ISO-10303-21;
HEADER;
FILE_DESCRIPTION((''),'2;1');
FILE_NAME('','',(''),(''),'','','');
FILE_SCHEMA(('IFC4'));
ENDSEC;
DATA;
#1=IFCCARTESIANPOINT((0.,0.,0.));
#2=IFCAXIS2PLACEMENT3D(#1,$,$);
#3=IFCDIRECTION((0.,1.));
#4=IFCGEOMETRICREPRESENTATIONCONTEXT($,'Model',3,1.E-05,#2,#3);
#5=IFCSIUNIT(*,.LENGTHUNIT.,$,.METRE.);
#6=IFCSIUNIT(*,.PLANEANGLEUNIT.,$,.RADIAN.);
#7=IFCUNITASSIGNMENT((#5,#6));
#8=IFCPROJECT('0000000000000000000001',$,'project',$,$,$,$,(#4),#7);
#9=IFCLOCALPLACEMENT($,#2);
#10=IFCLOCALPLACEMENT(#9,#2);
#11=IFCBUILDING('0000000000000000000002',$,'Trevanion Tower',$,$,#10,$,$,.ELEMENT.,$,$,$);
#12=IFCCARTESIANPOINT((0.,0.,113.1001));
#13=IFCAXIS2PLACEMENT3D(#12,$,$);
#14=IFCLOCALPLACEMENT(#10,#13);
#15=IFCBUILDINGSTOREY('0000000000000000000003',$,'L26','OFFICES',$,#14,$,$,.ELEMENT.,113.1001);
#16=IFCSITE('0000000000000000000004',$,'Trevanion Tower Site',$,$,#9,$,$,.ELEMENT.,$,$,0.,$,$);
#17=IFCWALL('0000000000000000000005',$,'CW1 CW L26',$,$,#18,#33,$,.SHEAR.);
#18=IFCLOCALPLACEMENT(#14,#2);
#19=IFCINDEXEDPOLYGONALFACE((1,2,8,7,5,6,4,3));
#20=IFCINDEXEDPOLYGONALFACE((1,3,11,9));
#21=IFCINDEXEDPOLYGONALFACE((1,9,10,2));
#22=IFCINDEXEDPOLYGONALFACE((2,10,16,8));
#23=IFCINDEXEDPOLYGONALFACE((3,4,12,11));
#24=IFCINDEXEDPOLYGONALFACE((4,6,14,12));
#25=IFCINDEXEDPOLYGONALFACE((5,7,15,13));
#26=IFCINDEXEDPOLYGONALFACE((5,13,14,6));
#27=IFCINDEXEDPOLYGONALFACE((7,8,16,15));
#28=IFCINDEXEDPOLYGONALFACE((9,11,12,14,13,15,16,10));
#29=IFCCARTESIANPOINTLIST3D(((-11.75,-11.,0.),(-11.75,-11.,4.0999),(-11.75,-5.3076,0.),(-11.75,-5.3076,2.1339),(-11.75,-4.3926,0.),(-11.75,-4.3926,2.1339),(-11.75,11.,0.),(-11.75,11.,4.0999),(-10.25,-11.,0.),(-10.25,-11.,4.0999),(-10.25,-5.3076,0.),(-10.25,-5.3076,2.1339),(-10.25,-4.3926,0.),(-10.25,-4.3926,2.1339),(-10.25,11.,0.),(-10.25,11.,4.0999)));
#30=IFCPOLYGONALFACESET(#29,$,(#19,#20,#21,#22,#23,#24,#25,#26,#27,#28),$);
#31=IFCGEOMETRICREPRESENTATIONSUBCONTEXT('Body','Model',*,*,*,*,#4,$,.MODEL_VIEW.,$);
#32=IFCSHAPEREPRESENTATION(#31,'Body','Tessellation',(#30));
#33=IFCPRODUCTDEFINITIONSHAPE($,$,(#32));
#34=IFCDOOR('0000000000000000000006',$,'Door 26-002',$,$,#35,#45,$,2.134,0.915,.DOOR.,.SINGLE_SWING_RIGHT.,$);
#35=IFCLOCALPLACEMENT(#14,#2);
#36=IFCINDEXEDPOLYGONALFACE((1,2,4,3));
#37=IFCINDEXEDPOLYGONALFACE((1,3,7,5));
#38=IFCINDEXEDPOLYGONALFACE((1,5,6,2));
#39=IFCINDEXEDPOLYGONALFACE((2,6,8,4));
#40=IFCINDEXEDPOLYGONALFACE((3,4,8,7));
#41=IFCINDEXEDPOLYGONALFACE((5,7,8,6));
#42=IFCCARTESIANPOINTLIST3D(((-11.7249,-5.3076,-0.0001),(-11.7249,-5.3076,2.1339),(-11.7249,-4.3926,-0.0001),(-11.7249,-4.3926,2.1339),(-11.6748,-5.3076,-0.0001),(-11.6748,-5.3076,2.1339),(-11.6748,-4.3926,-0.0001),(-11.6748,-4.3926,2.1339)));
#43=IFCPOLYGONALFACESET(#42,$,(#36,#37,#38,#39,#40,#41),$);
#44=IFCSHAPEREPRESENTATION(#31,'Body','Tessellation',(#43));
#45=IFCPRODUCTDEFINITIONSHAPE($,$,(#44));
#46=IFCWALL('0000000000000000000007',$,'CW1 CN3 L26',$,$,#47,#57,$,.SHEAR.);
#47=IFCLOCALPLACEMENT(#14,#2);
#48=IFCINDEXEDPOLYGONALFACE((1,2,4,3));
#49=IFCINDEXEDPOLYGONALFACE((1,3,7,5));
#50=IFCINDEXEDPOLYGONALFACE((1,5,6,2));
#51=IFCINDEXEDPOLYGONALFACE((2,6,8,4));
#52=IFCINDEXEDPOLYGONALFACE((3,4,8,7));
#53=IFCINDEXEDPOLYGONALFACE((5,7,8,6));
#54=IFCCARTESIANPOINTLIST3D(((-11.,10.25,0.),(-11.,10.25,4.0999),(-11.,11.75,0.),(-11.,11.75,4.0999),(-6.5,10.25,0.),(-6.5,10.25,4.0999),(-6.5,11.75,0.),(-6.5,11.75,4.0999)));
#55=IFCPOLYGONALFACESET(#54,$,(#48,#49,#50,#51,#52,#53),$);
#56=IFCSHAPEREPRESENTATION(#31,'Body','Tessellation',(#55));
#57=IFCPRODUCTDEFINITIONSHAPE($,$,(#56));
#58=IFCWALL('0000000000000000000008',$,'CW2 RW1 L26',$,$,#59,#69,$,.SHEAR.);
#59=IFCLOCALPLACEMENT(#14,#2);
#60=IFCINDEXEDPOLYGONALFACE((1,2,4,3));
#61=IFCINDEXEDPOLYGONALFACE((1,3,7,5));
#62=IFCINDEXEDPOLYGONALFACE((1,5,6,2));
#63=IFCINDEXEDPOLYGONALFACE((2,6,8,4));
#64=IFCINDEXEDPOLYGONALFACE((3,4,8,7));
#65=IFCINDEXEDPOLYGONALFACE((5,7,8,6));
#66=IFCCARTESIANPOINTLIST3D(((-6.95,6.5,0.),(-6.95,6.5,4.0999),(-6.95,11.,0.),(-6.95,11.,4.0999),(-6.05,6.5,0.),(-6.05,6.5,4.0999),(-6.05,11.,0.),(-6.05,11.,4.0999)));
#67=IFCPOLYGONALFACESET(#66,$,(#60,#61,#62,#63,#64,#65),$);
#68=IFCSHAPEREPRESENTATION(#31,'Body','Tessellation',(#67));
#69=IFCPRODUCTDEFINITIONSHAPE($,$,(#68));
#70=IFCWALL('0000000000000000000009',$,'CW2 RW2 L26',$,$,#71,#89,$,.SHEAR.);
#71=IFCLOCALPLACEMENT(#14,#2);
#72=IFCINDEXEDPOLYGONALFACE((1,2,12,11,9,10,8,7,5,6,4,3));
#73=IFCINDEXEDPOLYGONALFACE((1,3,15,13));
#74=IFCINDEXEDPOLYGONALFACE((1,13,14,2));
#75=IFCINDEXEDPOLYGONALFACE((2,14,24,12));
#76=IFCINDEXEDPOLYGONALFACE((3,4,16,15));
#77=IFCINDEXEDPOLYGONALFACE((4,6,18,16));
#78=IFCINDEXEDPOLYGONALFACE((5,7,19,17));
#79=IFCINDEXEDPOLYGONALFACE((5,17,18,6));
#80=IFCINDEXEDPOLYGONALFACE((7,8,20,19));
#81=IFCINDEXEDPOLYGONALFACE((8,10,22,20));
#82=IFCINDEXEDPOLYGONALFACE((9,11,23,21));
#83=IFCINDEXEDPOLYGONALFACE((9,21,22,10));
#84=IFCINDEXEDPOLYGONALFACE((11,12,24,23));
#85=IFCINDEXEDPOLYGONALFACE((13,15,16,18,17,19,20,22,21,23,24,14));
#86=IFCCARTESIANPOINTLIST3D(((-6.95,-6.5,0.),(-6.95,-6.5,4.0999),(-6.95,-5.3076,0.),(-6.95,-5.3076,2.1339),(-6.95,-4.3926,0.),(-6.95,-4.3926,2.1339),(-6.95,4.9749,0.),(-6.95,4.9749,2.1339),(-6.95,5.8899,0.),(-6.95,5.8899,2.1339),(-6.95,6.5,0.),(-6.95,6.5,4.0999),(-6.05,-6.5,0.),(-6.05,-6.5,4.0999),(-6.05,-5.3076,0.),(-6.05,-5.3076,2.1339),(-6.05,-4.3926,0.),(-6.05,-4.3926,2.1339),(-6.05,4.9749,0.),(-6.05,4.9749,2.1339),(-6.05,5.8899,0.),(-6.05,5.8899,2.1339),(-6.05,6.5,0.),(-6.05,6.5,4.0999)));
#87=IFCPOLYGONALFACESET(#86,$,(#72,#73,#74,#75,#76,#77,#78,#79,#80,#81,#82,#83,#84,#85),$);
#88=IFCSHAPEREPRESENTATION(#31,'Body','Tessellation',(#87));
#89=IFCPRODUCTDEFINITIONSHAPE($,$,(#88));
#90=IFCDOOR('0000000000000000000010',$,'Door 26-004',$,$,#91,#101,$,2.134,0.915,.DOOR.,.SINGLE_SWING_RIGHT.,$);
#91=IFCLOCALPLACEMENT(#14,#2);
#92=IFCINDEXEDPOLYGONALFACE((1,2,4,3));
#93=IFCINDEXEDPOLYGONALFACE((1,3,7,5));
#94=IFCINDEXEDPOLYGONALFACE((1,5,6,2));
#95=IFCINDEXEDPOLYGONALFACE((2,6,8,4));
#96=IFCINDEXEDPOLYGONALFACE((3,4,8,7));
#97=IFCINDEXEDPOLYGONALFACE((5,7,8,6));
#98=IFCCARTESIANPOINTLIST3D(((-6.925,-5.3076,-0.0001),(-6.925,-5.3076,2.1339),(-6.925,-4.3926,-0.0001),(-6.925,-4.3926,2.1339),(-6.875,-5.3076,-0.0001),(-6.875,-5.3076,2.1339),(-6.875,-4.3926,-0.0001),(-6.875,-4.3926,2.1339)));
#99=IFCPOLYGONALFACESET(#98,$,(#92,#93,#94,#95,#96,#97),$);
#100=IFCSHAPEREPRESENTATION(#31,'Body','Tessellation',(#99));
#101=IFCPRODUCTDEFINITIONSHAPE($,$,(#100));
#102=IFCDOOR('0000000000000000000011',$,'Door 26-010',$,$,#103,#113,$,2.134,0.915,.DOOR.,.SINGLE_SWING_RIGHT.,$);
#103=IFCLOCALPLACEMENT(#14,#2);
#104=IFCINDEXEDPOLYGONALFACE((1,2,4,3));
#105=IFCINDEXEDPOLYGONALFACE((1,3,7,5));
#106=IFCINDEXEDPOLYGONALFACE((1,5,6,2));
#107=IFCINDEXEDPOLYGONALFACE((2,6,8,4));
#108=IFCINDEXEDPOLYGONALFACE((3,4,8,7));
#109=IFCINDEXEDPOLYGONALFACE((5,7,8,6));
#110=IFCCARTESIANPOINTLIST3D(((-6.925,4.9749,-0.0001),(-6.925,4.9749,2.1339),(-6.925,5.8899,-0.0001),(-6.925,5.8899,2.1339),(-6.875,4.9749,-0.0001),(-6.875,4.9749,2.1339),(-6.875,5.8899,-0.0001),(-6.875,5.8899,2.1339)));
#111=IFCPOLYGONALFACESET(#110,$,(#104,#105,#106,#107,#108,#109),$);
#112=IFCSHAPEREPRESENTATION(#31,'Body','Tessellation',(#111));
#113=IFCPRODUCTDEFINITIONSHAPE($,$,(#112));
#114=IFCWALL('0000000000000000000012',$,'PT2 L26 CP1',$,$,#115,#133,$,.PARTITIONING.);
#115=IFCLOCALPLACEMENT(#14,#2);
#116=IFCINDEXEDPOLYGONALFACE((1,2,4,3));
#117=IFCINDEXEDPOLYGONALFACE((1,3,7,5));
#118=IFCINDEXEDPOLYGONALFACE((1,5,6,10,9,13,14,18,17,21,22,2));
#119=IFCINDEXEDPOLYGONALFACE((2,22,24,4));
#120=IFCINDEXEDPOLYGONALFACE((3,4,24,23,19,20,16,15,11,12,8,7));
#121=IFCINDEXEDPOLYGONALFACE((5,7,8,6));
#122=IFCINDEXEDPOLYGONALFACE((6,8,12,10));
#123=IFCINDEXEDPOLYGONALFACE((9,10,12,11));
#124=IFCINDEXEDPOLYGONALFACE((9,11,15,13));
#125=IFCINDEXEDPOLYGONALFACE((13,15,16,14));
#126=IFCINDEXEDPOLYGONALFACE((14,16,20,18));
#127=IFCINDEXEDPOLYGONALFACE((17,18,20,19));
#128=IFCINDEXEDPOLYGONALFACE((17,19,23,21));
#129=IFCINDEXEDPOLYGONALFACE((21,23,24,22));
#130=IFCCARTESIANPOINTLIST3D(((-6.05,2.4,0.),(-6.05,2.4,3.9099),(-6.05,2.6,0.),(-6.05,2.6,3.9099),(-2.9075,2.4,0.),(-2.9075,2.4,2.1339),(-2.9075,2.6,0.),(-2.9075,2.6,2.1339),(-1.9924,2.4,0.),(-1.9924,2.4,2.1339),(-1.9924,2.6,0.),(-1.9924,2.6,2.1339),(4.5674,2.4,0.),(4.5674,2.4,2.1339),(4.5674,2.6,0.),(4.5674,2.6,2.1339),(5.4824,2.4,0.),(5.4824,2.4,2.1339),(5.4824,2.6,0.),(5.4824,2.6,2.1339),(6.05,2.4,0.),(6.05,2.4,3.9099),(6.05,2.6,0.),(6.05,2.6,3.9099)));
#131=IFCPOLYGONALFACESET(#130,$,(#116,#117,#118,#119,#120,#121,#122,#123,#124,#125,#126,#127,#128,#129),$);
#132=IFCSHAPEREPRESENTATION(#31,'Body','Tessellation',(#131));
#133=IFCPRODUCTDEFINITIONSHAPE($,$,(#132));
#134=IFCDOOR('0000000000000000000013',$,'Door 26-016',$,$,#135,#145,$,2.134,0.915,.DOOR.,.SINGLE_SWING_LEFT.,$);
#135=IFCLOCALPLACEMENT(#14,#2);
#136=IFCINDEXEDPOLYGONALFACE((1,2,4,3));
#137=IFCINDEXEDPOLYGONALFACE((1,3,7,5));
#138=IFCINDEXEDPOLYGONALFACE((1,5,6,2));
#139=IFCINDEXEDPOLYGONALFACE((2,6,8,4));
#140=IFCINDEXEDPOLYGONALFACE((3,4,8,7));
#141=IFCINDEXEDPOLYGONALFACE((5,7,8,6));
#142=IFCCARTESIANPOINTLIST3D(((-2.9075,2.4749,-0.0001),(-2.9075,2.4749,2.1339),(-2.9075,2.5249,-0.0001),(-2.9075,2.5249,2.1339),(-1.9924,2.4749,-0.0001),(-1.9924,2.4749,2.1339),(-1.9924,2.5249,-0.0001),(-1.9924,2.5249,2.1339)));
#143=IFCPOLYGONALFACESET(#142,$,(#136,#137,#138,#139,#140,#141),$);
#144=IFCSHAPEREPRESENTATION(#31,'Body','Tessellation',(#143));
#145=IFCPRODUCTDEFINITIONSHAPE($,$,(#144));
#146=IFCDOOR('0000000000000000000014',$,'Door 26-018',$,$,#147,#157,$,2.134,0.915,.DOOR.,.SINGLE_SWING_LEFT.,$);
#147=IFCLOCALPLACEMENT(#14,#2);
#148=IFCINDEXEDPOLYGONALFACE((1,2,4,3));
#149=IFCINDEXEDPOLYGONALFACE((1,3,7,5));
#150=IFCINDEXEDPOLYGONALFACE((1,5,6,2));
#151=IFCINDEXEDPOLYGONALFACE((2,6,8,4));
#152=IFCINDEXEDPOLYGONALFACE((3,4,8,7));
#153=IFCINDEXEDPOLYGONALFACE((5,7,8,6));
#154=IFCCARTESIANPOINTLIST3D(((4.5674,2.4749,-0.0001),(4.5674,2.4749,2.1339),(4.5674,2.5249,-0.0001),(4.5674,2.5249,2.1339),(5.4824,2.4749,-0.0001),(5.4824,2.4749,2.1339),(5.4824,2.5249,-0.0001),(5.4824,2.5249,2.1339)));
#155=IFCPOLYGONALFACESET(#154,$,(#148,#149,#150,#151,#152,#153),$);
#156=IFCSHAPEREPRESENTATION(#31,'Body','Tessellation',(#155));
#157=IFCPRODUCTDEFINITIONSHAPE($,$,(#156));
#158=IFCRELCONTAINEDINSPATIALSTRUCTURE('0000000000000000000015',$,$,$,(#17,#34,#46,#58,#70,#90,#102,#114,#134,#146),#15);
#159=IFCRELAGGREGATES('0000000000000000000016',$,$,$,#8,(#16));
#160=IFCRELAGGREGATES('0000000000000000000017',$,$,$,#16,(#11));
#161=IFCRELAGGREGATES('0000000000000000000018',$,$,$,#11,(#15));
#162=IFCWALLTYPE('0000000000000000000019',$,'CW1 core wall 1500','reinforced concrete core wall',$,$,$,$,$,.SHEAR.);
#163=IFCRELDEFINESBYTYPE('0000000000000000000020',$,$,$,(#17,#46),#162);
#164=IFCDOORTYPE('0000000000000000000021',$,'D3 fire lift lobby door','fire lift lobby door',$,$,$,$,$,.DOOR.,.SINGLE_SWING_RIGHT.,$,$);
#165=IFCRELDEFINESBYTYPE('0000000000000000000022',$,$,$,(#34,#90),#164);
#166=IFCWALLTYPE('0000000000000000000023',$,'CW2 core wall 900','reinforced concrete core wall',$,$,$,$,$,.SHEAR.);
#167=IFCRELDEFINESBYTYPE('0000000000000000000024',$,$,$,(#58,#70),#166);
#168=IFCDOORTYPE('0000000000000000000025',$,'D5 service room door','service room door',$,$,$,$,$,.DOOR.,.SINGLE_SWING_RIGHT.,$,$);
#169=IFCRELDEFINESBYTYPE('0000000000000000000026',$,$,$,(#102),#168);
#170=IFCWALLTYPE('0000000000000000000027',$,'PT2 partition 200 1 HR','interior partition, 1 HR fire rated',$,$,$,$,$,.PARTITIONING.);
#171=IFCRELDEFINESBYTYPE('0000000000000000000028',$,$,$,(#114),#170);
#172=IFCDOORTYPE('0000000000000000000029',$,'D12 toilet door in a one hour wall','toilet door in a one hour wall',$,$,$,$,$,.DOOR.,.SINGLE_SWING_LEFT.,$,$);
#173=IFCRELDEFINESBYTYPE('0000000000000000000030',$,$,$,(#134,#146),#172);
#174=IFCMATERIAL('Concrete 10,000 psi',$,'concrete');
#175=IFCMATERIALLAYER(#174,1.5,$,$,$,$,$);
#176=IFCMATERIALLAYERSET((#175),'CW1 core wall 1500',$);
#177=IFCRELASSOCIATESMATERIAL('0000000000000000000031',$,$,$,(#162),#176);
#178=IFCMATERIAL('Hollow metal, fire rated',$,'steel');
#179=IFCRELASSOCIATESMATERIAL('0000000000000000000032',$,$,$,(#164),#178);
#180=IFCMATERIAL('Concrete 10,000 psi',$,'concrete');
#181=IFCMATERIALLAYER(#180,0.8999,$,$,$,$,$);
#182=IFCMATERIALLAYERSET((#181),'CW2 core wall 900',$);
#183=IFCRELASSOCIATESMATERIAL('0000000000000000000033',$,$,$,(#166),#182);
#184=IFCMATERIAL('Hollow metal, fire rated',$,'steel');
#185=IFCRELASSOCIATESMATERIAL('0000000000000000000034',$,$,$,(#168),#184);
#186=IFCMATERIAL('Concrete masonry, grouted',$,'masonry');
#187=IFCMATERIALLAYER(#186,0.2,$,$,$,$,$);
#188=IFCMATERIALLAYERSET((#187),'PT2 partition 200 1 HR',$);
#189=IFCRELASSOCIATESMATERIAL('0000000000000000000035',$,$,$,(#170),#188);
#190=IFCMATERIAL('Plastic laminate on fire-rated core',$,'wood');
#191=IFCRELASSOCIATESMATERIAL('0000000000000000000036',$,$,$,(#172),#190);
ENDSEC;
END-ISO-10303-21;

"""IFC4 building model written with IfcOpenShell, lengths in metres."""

from ifc_helpers import new_model, si_unit, direction, frame, frame_2d, origin, place, context, subcontext, project, spatial, rectangle, extrude, material, layer, layer_set, type_object, element, fill, save


model = new_model("IFC4")

# Units and contexts
model_context = context("Model", 3, precision=1e-05, world=origin(), true_north=direction((0.0, 1.0)))
body_context = subcontext(model_context, "Body", "Model", "MODEL_VIEW")
ifc_project = project(units=[si_unit("LENGTHUNIT", "METRE"), si_unit("PLANEANGLEUNIT", "RADIAN")], contexts=[model_context])

# Site, building, storey
site_placement = place(None, origin())
site = spatial("IfcSite", under=ifc_project, at=site_placement, Name="Trevanion Tower Site", CompositionType="ELEMENT", RefElevation=0.0)
building_placement = place(site_placement, origin())
building = spatial("IfcBuilding", under=site, at=building_placement, Name="Trevanion Tower", CompositionType="ELEMENT")
storey_placement = place(building_placement, frame((0.0, 0.0, 113.1001)))
storey = spatial("IfcBuildingStorey", under=building, at=storey_placement, Name="L26", Description="OFFICES", CompositionType="ELEMENT", Elevation=113.1001)

# Wall, opening, door
ifc_material_1 = material(Name="Concrete 10,000 psi", Category="concrete")
ifc_layer_1 = layer(ifc_material_1, 1.5)
ifc_layer_set_1 = layer_set([ifc_layer_1], Name="CW1 core wall 1500")
wall_type_1 = type_object("IfcWallType", Name="CW1 core wall 1500", Description="reinforced concrete core wall", PredefinedType="SHEAR", material=ifc_layer_set_1)
wall_1_placement = place(storey_placement, frame((-11.0, 11.0, 0.0), z_axis=(0.0, 0.0, 1.0), x_axis=(0.0, -1.0, 0.0)))
wall_1 = element("IfcWall", 1, at=wall_1_placement, inside=storey, type_object=wall_type_1, Name="CW1 CW L26", PredefinedType="SHEAR", context=body_context, shape_type="SweptSolid", body=[
    extrude(rectangle(XDim=22.0, YDim=1.5, at=frame_2d((11.0, 0.0))), origin(), (0.0, 0.0, 1.0), 4.0999),
])
opening_1_placement = place(wall_1_placement, frame((15.3926, 0.0, 0.0)))
opening_1 = element("IfcOpeningElement", 2, at=opening_1_placement, cuts=wall_1, PredefinedType="OPENING", context=body_context, shape_type="SweptSolid", body=[
    extrude(rectangle(XDim=0.915, YDim=2.134, at=frame_2d((0.4575, 1.0669))), frame((0.0, 0.76, 0.0), z_axis=(0.0, -1.0, 0.0), x_axis=(1.0, 0.0, 0.0)), (0.0, 0.0, 1.0), 1.52),
])
ifc_material_2 = material(Name="Hollow metal, fire rated", Category="steel")
door_type_1 = type_object("IfcDoorType", Name="D3 fire lift lobby door", Description="fire lift lobby door", OperationType="SINGLE_SWING_RIGHT", PredefinedType="DOOR", material=ifc_material_2)
door_1_placement = place(opening_1_placement, origin())
door_1 = element("IfcDoor", 3, at=door_1_placement, inside=storey, type_object=door_type_1, Name="Door 26-002", OperationType="SINGLE_SWING_RIGHT", OverallHeight=2.134, OverallWidth=0.915, PredefinedType="DOOR", context=body_context, shape_type="SweptSolid", body=[
    extrude(rectangle(XDim=0.915, YDim=2.134, at=frame_2d((0.4575, 1.0669))), frame((0.0, -0.6748, 0.0), z_axis=(0.0, -1.0, 0.0), x_axis=(1.0, 0.0, 0.0)), (0.0, 0.0, 1.0), 0.05),
])
fill(opening_1, door_1)

# Walls
wall_2_placement = place(storey_placement, frame((-6.5, 11.0, 0.0), z_axis=(0.0, 0.0, 1.0), x_axis=(-1.0, 0.0, 0.0)))
element("IfcWall", 4, at=wall_2_placement, inside=storey, type_object=wall_type_1, Name="CW1 CN3 L26", PredefinedType="SHEAR", context=body_context, shape_type="SweptSolid", body=[
    extrude(rectangle(XDim=4.5, YDim=1.5, at=frame_2d((2.25, 0.0))), origin(), (0.0, 0.0, 1.0), 4.0999),
])
ifc_material_3 = material(Name="Concrete 10,000 psi", Category="concrete")
ifc_layer_2 = layer(ifc_material_3, 0.8999)
ifc_layer_set_2 = layer_set([ifc_layer_2], Name="CW2 core wall 900")
wall_type_2 = type_object("IfcWallType", Name="CW2 core wall 900", Description="reinforced concrete core wall", PredefinedType="SHEAR", material=ifc_layer_set_2)
wall_3_placement = place(storey_placement, frame((-6.5, 11.0, 0.0), z_axis=(0.0, 0.0, 1.0), x_axis=(0.0, -1.0, 0.0)))
element("IfcWall", 5, at=wall_3_placement, inside=storey, type_object=wall_type_2, Name="CW2 RW1 L26", PredefinedType="SHEAR", context=body_context, shape_type="SweptSolid", body=[
    extrude(rectangle(XDim=4.5, YDim=0.8999, at=frame_2d((2.25, 0.0))), origin(), (0.0, 0.0, 1.0), 4.0999),
])

# Walls, openings, doors
wall_4_placement = place(storey_placement, frame((-6.5, 6.5, 0.0), z_axis=(0.0, 0.0, 1.0), x_axis=(0.0, -1.0, 0.0)))
wall_4 = element("IfcWall", 6, at=wall_4_placement, inside=storey, type_object=wall_type_2, Name="CW2 RW2 L26", PredefinedType="SHEAR", context=body_context, shape_type="SweptSolid", body=[
    extrude(rectangle(XDim=13.0, YDim=0.8999, at=frame_2d((6.5, 0.0))), origin(), (0.0, 0.0, 1.0), 4.0999),
])
opening_2_placement = place(wall_4_placement, frame((10.8926, 0.0, 0.0)))
opening_2 = element("IfcOpeningElement", 7, at=opening_2_placement, cuts=wall_4, PredefinedType="OPENING", context=body_context, shape_type="SweptSolid", body=[
    extrude(rectangle(XDim=0.915, YDim=2.134, at=frame_2d((0.4575, 1.0669))), frame((0.0, 0.46, 0.0), z_axis=(0.0, -1.0, 0.0), x_axis=(1.0, 0.0, 0.0)), (0.0, 0.0, 1.0), 0.9199),
])
opening_3_placement = place(wall_4_placement, frame((0.6101, 0.0, 0.0)))
opening_3 = element("IfcOpeningElement", 8, at=opening_3_placement, cuts=wall_4, PredefinedType="OPENING", context=body_context, shape_type="SweptSolid", body=[
    extrude(rectangle(XDim=0.915, YDim=2.134, at=frame_2d((0.4575, 1.0669))), frame((0.0, 0.46, 0.0), z_axis=(0.0, -1.0, 0.0), x_axis=(1.0, 0.0, 0.0)), (0.0, 0.0, 1.0), 0.9199),
])
door_2_placement = place(opening_2_placement, origin())
door_2 = element("IfcDoor", 9, at=door_2_placement, inside=storey, type_object=door_type_1, Name="Door 26-004", OperationType="SINGLE_SWING_RIGHT", OverallHeight=2.134, OverallWidth=0.915, PredefinedType="DOOR", context=body_context, shape_type="SweptSolid", body=[
    extrude(rectangle(XDim=0.915, YDim=2.134, at=frame_2d((0.4575, 1.0669))), frame((0.0, -0.375, 0.0), z_axis=(0.0, -1.0, 0.0), x_axis=(1.0, 0.0, 0.0)), (0.0, 0.0, 1.0), 0.05),
])
fill(opening_2, door_2)
ifc_material_4 = material(Name="Hollow metal, fire rated", Category="steel")
door_type_2 = type_object("IfcDoorType", Name="D5 service room door", Description="service room door", OperationType="SINGLE_SWING_RIGHT", PredefinedType="DOOR", material=ifc_material_4)
door_3_placement = place(opening_3_placement, origin())
door_3 = element("IfcDoor", 10, at=door_3_placement, inside=storey, type_object=door_type_2, Name="Door 26-010", OperationType="SINGLE_SWING_RIGHT", OverallHeight=2.134, OverallWidth=0.915, PredefinedType="DOOR", context=body_context, shape_type="SweptSolid", body=[
    extrude(rectangle(XDim=0.915, YDim=2.134, at=frame_2d((0.4575, 1.0669))), frame((0.0, -0.375, 0.0), z_axis=(0.0, -1.0, 0.0), x_axis=(1.0, 0.0, 0.0)), (0.0, 0.0, 1.0), 0.05),
])
fill(opening_3, door_3)
ifc_material_5 = material(Name="Concrete masonry, grouted", Category="masonry")
ifc_layer_3 = layer(ifc_material_5, 0.2)
ifc_layer_set_3 = layer_set([ifc_layer_3], Name="PT2 partition 200 1 HR")
wall_type_3 = type_object("IfcWallType", Name="PT2 partition 200 1 HR", Description="interior partition, 1 HR fire rated", PredefinedType="PARTITIONING", material=ifc_layer_set_3)
wall_5_placement = place(storey_placement, frame((-6.05, 2.5, 0.0), z_axis=(0.0, 0.0, 1.0), x_axis=(1.0, 0.0, 0.0)))
wall_5 = element("IfcWall", 11, at=wall_5_placement, inside=storey, type_object=wall_type_3, Name="PT2 L26 CP1", PredefinedType="PARTITIONING", context=body_context, shape_type="SweptSolid", body=[
    extrude(rectangle(XDim=12.1001, YDim=0.2, at=frame_2d((6.05, 0.0))), origin(), (0.0, 0.0, 1.0), 3.9099),
])
opening_4_placement = place(wall_5_placement, frame((3.1426, 0.0, 0.0)))
opening_4 = element("IfcOpeningElement", 12, at=opening_4_placement, cuts=wall_5, PredefinedType="OPENING", context=body_context, shape_type="SweptSolid", body=[
    extrude(rectangle(XDim=0.915, YDim=2.134, at=frame_2d((0.4575, 1.0669))), frame((0.0, 0.1099, 0.0), z_axis=(0.0, -1.0, 0.0), x_axis=(1.0, 0.0, 0.0)), (0.0, 0.0, 1.0), 0.22),
])
opening_5_placement = place(wall_5_placement, frame((10.6174, 0.0, 0.0)))
opening_5 = element("IfcOpeningElement", 13, at=opening_5_placement, cuts=wall_5, PredefinedType="OPENING", context=body_context, shape_type="SweptSolid", body=[
    extrude(rectangle(XDim=0.915, YDim=2.134, at=frame_2d((0.4575, 1.0669))), frame((0.0, 0.1099, 0.0), z_axis=(0.0, -1.0, 0.0), x_axis=(1.0, 0.0, 0.0)), (0.0, 0.0, 1.0), 0.22),
])
ifc_material_6 = material(Name="Plastic laminate on fire-rated core", Category="wood")
door_type_3 = type_object("IfcDoorType", Name="D12 toilet door in a one hour wall", Description="toilet door in a one hour wall", OperationType="SINGLE_SWING_LEFT", PredefinedType="DOOR", material=ifc_material_6)
door_4_placement = place(opening_4_placement, origin())
door_4 = element("IfcDoor", 14, at=door_4_placement, inside=storey, type_object=door_type_3, Name="Door 26-016", OperationType="SINGLE_SWING_LEFT", OverallHeight=2.134, OverallWidth=0.915, PredefinedType="DOOR", context=body_context, shape_type="SweptSolid", body=[
    extrude(rectangle(XDim=0.915, YDim=2.134, at=frame_2d((0.4575, 1.0669))), frame((0.0, 0.0249, 0.0), z_axis=(0.0, -1.0, 0.0), x_axis=(1.0, 0.0, 0.0)), (0.0, 0.0, 1.0), 0.05),
])
fill(opening_4, door_4)
door_5_placement = place(opening_5_placement, origin())
door_5 = element("IfcDoor", 15, at=door_5_placement, inside=storey, type_object=door_type_3, Name="Door 26-018", OperationType="SINGLE_SWING_LEFT", OverallHeight=2.134, OverallWidth=0.915, PredefinedType="DOOR", context=body_context, shape_type="SweptSolid", body=[
    extrude(rectangle(XDim=0.915, YDim=2.134, at=frame_2d((0.4575, 1.0669))), frame((0.0, 0.0249, 0.0), z_axis=(0.0, -1.0, 0.0), x_axis=(1.0, 0.0, 0.0)), (0.0, 0.0, 1.0), 0.05),
])
fill(opening_5, door_5)

save(model, "model.ifc")
